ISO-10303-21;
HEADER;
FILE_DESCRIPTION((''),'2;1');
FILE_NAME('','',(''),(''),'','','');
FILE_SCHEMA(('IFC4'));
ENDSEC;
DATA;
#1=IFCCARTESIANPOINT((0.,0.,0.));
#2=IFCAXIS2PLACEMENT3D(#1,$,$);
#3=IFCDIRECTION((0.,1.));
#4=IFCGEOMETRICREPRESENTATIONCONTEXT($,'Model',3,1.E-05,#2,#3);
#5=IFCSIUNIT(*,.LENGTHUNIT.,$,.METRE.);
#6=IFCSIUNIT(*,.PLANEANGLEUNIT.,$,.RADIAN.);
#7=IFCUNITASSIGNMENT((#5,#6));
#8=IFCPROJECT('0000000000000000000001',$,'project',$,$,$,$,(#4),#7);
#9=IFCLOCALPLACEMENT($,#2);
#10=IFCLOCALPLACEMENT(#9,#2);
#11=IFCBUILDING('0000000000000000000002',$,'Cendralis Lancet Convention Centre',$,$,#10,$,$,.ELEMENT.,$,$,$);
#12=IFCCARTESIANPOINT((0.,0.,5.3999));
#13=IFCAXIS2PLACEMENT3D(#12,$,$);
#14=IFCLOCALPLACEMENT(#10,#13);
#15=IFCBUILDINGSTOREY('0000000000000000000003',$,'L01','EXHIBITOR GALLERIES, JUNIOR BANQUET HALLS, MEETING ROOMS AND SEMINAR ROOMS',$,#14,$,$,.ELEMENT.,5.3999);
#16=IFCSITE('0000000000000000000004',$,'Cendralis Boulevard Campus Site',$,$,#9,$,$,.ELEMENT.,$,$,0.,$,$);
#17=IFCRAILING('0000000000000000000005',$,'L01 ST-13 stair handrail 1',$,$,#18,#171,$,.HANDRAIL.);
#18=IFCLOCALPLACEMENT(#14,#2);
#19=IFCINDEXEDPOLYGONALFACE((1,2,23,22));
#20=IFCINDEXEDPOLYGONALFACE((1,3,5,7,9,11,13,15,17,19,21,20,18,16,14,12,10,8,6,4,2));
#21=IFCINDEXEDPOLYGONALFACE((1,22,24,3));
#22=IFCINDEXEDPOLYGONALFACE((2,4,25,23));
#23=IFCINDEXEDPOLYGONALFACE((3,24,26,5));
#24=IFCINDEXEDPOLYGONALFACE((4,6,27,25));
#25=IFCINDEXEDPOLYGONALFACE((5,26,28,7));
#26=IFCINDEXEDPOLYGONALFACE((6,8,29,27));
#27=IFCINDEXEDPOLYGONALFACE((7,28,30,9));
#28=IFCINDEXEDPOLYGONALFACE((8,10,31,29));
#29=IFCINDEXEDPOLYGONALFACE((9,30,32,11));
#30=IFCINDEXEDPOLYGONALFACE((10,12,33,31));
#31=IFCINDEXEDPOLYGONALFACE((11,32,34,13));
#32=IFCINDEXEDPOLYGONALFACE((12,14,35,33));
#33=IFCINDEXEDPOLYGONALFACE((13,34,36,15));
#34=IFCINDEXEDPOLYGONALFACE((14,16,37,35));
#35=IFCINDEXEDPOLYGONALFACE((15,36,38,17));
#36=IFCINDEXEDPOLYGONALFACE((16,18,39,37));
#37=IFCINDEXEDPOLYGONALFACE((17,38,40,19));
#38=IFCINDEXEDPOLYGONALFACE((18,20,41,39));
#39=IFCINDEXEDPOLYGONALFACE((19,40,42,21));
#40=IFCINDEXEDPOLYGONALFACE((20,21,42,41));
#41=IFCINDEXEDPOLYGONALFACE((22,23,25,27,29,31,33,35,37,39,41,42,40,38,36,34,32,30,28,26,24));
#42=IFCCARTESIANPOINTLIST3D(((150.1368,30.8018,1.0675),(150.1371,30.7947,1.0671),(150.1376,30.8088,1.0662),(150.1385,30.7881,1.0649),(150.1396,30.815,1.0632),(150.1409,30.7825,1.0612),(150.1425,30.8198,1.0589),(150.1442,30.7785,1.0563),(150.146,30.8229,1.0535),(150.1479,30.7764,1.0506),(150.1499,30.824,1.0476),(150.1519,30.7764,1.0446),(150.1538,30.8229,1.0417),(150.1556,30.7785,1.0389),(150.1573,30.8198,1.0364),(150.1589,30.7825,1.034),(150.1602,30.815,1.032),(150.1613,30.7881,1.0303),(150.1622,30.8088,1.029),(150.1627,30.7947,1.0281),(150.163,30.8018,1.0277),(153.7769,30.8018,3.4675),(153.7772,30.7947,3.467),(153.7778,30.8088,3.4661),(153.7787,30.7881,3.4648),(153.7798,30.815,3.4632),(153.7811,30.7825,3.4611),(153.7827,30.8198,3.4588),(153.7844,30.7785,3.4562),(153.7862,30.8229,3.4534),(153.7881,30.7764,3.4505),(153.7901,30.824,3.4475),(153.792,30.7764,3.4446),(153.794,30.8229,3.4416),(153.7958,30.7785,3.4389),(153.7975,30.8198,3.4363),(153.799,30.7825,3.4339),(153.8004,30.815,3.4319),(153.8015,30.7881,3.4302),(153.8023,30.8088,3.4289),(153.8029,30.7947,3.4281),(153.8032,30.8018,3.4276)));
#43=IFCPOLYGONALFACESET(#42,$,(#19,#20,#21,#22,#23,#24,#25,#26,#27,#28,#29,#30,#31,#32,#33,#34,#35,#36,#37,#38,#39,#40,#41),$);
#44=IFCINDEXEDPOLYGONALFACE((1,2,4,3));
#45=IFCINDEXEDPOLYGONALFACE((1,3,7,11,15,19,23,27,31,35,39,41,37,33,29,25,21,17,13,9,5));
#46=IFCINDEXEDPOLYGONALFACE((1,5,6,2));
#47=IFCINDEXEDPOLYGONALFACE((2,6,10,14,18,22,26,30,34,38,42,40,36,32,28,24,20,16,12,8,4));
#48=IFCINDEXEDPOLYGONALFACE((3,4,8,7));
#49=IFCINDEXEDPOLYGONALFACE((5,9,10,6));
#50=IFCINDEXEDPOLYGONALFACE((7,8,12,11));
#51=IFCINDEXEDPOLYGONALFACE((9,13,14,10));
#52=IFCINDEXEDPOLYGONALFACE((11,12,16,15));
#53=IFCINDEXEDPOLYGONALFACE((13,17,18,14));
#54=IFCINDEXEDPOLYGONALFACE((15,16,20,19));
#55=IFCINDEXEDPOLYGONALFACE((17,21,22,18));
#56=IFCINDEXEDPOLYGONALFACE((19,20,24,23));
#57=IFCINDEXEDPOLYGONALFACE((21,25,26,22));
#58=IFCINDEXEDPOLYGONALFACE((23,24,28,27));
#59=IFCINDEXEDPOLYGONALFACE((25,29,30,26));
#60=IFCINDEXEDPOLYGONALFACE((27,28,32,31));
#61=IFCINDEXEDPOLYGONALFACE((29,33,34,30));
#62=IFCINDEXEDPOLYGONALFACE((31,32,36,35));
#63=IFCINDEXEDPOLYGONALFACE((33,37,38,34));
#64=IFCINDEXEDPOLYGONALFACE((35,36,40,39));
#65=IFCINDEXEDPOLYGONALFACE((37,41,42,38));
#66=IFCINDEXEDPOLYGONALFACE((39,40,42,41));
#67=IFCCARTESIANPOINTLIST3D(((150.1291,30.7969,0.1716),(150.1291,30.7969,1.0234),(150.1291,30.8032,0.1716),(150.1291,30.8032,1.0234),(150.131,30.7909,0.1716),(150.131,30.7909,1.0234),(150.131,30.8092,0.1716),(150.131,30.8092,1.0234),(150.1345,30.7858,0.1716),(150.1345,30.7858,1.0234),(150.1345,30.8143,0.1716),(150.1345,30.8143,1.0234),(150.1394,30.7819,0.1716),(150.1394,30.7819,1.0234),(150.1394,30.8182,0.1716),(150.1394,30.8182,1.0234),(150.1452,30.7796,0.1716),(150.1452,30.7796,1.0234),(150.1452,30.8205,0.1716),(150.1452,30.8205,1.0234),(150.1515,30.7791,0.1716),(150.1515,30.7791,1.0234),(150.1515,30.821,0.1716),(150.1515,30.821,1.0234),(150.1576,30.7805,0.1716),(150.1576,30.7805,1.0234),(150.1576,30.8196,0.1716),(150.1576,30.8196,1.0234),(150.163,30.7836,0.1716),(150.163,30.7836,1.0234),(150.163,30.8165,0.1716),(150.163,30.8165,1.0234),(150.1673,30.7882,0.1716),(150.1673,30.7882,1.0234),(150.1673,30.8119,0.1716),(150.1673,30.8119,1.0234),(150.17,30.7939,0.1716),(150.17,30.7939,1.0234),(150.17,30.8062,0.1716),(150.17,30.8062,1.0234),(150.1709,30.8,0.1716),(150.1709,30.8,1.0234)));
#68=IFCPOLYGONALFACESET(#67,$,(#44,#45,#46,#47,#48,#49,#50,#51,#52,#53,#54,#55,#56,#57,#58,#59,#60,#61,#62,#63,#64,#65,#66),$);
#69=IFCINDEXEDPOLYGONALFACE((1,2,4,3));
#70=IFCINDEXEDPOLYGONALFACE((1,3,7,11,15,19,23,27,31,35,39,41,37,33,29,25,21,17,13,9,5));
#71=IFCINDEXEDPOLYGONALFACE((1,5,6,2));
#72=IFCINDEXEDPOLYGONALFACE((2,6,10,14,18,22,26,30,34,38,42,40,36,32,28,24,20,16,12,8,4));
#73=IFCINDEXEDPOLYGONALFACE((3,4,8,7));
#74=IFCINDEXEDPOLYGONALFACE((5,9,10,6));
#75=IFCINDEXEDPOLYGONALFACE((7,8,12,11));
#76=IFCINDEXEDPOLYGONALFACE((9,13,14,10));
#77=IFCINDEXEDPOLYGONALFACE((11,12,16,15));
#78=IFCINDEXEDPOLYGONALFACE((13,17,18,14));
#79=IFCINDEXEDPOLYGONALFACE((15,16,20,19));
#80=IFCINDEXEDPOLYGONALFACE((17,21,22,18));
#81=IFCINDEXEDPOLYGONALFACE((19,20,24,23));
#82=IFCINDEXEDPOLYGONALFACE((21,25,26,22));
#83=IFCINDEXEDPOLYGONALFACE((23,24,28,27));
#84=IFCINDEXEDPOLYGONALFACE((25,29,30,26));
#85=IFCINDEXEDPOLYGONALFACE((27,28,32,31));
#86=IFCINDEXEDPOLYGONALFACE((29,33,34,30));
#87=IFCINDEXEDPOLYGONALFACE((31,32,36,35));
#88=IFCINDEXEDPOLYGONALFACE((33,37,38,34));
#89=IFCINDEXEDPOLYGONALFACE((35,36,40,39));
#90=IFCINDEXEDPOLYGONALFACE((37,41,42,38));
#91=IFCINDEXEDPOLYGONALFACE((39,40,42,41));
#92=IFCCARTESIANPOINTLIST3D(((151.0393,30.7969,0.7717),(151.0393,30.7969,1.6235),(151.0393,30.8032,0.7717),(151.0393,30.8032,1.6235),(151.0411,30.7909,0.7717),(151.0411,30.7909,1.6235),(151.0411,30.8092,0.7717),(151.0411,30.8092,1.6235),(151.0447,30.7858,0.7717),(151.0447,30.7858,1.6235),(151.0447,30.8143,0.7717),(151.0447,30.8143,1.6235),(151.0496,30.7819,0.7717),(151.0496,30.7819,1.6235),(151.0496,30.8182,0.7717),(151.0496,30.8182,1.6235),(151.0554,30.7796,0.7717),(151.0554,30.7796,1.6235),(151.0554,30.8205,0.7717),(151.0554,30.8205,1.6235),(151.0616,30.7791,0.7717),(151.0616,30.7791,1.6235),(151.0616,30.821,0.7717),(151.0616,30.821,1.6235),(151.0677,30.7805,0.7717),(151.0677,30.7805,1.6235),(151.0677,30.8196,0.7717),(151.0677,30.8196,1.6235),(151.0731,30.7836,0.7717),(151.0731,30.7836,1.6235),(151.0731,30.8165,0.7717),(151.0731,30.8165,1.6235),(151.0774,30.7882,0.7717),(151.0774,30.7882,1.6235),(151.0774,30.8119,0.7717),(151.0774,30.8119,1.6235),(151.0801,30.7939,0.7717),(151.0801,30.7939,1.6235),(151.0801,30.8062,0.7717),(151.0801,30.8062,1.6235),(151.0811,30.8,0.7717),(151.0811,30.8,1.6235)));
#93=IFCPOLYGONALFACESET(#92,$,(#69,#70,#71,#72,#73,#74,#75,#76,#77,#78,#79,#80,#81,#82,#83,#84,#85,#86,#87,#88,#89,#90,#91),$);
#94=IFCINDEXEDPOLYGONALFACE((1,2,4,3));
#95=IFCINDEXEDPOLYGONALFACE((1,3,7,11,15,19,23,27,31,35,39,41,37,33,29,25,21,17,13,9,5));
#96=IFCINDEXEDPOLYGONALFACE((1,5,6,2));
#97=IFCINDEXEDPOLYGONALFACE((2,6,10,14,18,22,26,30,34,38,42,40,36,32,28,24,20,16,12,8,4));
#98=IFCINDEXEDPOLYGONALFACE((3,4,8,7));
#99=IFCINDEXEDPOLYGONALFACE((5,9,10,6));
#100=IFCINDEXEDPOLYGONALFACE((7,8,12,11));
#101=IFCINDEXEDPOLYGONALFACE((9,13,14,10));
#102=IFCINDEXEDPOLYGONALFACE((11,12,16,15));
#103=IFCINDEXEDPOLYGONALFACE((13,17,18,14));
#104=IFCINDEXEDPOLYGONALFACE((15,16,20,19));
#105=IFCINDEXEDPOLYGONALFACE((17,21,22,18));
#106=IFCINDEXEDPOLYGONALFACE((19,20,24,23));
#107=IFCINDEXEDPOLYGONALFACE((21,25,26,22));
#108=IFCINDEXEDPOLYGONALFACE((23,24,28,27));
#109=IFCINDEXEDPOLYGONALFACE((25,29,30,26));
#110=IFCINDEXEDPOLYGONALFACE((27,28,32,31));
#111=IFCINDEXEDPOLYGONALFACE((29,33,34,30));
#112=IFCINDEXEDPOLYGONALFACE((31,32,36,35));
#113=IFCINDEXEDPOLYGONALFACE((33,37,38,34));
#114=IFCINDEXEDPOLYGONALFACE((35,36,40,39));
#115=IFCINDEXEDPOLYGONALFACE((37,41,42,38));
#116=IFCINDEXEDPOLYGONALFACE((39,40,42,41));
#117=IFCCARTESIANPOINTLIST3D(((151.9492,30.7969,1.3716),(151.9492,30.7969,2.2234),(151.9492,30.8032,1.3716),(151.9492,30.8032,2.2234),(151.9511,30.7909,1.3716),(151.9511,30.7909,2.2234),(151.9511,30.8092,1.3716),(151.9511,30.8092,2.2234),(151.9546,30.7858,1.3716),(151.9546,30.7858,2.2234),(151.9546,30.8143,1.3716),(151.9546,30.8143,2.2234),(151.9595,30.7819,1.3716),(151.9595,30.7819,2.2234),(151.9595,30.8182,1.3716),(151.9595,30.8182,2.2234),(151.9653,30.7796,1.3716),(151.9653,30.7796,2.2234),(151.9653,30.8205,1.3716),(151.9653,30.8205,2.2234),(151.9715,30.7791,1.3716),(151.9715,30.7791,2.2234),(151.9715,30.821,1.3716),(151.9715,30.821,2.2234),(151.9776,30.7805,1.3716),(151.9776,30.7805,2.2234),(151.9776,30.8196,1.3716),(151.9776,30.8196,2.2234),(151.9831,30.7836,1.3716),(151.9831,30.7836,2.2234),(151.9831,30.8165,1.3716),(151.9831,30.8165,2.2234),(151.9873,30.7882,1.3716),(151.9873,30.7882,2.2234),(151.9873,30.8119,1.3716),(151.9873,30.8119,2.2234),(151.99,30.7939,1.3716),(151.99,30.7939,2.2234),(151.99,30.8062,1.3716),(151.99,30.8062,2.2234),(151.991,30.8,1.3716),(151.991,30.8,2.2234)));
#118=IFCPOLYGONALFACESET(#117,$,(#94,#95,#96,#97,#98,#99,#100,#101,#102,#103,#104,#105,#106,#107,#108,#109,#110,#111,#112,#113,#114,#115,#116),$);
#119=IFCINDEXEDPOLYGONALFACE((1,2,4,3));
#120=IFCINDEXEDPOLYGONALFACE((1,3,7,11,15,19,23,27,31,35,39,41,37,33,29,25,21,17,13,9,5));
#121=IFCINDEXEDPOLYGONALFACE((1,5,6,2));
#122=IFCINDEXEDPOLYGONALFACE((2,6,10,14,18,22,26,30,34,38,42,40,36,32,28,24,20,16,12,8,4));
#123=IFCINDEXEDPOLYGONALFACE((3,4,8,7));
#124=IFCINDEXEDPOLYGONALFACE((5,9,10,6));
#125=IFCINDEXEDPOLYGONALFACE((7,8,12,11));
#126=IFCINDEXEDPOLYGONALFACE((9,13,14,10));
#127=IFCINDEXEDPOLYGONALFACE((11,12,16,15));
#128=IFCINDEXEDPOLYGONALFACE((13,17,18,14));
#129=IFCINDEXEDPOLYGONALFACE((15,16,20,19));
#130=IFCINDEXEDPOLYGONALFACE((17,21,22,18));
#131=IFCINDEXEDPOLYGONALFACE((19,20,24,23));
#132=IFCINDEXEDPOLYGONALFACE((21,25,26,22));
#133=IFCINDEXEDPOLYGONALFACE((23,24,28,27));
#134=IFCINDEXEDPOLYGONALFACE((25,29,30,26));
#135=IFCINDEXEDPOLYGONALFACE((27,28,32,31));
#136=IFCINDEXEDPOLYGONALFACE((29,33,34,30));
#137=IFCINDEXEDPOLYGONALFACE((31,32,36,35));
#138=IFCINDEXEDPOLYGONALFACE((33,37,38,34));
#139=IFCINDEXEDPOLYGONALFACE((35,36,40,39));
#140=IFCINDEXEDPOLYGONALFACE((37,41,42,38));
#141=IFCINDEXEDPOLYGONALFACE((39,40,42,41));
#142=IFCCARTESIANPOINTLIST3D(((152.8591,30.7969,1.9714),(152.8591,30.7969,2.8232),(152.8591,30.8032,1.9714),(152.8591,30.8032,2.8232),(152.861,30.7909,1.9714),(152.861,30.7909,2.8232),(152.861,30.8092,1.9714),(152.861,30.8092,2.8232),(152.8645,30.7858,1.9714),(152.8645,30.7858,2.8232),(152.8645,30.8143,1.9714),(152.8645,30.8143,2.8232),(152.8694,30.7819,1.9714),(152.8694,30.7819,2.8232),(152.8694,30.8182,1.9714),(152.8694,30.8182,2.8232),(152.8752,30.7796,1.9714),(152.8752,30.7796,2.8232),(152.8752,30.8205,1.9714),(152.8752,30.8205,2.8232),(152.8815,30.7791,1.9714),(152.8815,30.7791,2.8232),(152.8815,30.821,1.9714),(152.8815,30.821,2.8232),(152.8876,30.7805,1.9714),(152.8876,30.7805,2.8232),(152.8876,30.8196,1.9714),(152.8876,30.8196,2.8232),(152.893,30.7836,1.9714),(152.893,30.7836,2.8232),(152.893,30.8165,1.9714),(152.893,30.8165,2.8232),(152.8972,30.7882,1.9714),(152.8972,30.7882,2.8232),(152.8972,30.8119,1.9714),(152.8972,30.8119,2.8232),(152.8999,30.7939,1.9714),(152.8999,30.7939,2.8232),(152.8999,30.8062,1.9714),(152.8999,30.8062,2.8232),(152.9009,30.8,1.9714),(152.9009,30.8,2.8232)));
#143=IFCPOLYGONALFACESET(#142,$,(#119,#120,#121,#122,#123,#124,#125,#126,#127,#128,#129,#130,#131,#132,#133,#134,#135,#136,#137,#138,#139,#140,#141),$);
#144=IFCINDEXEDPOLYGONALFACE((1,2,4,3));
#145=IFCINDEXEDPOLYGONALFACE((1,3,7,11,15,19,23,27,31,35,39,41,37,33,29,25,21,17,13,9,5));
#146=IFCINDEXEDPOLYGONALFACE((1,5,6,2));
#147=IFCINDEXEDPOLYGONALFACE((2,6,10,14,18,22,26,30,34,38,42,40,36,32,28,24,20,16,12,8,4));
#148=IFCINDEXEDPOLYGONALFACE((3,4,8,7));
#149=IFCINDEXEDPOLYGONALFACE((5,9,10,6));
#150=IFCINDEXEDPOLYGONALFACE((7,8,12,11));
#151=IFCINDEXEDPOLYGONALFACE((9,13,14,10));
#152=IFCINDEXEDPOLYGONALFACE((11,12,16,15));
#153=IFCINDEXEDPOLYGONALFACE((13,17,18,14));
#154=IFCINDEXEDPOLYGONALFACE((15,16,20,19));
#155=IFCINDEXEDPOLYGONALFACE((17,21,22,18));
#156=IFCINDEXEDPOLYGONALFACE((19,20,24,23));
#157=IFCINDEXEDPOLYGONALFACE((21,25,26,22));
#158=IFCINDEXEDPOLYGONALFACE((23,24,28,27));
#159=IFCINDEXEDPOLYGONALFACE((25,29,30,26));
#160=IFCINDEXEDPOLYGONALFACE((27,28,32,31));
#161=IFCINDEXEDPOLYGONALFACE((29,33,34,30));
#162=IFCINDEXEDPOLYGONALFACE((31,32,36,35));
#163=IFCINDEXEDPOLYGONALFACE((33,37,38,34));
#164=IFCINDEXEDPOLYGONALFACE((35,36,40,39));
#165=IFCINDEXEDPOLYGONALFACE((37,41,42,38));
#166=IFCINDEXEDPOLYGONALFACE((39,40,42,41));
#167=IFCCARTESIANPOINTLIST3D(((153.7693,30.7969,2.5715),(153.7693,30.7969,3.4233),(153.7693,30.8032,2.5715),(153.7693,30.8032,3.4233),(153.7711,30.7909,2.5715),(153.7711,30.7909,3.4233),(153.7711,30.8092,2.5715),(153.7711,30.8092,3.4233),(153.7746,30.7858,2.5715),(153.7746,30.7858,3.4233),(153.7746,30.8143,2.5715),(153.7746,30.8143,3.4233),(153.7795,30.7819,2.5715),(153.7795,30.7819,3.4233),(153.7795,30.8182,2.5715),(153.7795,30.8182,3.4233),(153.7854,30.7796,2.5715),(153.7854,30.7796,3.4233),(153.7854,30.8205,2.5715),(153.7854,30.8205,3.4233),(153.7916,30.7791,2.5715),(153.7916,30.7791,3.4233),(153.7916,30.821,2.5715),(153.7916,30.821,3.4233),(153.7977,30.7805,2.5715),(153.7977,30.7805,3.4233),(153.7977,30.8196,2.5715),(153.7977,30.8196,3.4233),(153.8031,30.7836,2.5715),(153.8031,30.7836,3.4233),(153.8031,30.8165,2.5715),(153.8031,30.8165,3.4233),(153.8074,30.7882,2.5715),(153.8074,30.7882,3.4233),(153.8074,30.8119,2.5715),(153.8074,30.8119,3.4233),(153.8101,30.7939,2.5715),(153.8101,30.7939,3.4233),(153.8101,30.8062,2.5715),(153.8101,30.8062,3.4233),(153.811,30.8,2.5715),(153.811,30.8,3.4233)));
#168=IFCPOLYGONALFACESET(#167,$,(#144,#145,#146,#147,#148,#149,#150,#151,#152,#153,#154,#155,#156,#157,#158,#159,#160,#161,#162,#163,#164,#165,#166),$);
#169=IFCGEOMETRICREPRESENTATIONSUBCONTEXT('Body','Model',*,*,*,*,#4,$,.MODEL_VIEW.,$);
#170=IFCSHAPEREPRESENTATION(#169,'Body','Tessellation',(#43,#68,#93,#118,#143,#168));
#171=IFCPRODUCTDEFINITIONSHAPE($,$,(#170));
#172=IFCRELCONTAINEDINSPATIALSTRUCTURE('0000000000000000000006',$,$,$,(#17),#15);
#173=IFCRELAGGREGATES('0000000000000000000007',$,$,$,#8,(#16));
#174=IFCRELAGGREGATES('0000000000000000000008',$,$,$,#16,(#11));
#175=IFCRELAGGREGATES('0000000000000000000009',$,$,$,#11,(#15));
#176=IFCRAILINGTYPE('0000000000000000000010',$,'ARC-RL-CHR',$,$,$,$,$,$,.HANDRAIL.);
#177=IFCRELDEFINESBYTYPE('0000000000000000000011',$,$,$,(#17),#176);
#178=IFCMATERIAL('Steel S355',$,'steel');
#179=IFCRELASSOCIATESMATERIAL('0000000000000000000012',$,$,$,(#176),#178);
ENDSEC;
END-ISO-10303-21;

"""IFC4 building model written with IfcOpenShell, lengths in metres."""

from ifc_helpers import new_model, si_unit, direction, frame, origin, origin_2d, place, context, subcontext, project, spatial, circle, extrude, material, type_object, element, save


model = new_model("IFC4")

# Units and contexts
model_context = context("Model", 3, precision=1e-05, world=origin(), true_north=direction((0.0, 1.0)))
body_context = subcontext(model_context, "Body", "Model", "MODEL_VIEW")
ifc_project = project(units=[si_unit("LENGTHUNIT", "METRE"), si_unit("PLANEANGLEUNIT", "RADIAN")], contexts=[model_context])

# Site, building, storey
site_placement = place(None, origin())
site = spatial("IfcSite", under=ifc_project, at=site_placement, Name="Cendralis Boulevard Campus Site", CompositionType="ELEMENT", RefElevation=0.0)
building_placement = place(site_placement, origin())
building = spatial("IfcBuilding", under=site, at=building_placement, Name="Cendralis Lancet Convention Centre", CompositionType="ELEMENT")
storey_placement = place(building_placement, frame((0.0, 0.0, 5.3999)))
storey = spatial("IfcBuildingStorey", under=building, at=storey_placement, Name="L01", Description="EXHIBITOR GALLERIES, JUNIOR BANQUET HALLS, MEETING ROOMS AND SEMINAR ROOMS", CompositionType="ELEMENT", Elevation=5.3999)

# Shared definitions
ifc_material_1 = material(Name="Steel S355", Category="steel")

# Railing
railing_type_1 = type_object("IfcRailingType", Name="ARC-RL-CHR", PredefinedType="HANDRAIL", material=ifc_material_1)
railing_1_placement = place(storey_placement, frame((150.1499, 30.8, 0.1716)))
element("IfcRailing", 1, at=railing_1_placement, inside=storey, type_object=railing_type_1, Name="L01 ST-13 stair handrail 1", PredefinedType="HANDRAIL", context=body_context, shape_type="SweptSolid", body=[
    extrude(circle(Radius=0.0239, at=origin_2d()), frame((0.0, 0.0, 0.876), z_axis=(0.834882, 0.0, 0.550429), x_axis=(0.0, 1.0, 0.0)), (0.0, 0.0, 1.0), 4.3601),
    extrude(circle(Radius=0.021, at=origin_2d()), origin(), (0.0, 0.0, 1.0), 0.8518),
    extrude(circle(Radius=0.021, at=origin_2d()), frame((0.9102, 0.0, 0.6001)), (0.0, 0.0, 1.0), 0.8518),
    extrude(circle(Radius=0.021, at=origin_2d()), frame((1.8201, 0.0, 1.2)), (0.0, 0.0, 1.0), 0.8518),
    extrude(circle(Radius=0.021, at=origin_2d()), frame((2.73, 0.0, 1.7998)), (0.0, 0.0, 1.0), 0.8518),
    extrude(circle(Radius=0.021, at=origin_2d()), frame((3.6401, 0.0, 2.3999)), (0.0, 0.0, 1.0), 0.8518),
])

save(model, "model.ifc")
